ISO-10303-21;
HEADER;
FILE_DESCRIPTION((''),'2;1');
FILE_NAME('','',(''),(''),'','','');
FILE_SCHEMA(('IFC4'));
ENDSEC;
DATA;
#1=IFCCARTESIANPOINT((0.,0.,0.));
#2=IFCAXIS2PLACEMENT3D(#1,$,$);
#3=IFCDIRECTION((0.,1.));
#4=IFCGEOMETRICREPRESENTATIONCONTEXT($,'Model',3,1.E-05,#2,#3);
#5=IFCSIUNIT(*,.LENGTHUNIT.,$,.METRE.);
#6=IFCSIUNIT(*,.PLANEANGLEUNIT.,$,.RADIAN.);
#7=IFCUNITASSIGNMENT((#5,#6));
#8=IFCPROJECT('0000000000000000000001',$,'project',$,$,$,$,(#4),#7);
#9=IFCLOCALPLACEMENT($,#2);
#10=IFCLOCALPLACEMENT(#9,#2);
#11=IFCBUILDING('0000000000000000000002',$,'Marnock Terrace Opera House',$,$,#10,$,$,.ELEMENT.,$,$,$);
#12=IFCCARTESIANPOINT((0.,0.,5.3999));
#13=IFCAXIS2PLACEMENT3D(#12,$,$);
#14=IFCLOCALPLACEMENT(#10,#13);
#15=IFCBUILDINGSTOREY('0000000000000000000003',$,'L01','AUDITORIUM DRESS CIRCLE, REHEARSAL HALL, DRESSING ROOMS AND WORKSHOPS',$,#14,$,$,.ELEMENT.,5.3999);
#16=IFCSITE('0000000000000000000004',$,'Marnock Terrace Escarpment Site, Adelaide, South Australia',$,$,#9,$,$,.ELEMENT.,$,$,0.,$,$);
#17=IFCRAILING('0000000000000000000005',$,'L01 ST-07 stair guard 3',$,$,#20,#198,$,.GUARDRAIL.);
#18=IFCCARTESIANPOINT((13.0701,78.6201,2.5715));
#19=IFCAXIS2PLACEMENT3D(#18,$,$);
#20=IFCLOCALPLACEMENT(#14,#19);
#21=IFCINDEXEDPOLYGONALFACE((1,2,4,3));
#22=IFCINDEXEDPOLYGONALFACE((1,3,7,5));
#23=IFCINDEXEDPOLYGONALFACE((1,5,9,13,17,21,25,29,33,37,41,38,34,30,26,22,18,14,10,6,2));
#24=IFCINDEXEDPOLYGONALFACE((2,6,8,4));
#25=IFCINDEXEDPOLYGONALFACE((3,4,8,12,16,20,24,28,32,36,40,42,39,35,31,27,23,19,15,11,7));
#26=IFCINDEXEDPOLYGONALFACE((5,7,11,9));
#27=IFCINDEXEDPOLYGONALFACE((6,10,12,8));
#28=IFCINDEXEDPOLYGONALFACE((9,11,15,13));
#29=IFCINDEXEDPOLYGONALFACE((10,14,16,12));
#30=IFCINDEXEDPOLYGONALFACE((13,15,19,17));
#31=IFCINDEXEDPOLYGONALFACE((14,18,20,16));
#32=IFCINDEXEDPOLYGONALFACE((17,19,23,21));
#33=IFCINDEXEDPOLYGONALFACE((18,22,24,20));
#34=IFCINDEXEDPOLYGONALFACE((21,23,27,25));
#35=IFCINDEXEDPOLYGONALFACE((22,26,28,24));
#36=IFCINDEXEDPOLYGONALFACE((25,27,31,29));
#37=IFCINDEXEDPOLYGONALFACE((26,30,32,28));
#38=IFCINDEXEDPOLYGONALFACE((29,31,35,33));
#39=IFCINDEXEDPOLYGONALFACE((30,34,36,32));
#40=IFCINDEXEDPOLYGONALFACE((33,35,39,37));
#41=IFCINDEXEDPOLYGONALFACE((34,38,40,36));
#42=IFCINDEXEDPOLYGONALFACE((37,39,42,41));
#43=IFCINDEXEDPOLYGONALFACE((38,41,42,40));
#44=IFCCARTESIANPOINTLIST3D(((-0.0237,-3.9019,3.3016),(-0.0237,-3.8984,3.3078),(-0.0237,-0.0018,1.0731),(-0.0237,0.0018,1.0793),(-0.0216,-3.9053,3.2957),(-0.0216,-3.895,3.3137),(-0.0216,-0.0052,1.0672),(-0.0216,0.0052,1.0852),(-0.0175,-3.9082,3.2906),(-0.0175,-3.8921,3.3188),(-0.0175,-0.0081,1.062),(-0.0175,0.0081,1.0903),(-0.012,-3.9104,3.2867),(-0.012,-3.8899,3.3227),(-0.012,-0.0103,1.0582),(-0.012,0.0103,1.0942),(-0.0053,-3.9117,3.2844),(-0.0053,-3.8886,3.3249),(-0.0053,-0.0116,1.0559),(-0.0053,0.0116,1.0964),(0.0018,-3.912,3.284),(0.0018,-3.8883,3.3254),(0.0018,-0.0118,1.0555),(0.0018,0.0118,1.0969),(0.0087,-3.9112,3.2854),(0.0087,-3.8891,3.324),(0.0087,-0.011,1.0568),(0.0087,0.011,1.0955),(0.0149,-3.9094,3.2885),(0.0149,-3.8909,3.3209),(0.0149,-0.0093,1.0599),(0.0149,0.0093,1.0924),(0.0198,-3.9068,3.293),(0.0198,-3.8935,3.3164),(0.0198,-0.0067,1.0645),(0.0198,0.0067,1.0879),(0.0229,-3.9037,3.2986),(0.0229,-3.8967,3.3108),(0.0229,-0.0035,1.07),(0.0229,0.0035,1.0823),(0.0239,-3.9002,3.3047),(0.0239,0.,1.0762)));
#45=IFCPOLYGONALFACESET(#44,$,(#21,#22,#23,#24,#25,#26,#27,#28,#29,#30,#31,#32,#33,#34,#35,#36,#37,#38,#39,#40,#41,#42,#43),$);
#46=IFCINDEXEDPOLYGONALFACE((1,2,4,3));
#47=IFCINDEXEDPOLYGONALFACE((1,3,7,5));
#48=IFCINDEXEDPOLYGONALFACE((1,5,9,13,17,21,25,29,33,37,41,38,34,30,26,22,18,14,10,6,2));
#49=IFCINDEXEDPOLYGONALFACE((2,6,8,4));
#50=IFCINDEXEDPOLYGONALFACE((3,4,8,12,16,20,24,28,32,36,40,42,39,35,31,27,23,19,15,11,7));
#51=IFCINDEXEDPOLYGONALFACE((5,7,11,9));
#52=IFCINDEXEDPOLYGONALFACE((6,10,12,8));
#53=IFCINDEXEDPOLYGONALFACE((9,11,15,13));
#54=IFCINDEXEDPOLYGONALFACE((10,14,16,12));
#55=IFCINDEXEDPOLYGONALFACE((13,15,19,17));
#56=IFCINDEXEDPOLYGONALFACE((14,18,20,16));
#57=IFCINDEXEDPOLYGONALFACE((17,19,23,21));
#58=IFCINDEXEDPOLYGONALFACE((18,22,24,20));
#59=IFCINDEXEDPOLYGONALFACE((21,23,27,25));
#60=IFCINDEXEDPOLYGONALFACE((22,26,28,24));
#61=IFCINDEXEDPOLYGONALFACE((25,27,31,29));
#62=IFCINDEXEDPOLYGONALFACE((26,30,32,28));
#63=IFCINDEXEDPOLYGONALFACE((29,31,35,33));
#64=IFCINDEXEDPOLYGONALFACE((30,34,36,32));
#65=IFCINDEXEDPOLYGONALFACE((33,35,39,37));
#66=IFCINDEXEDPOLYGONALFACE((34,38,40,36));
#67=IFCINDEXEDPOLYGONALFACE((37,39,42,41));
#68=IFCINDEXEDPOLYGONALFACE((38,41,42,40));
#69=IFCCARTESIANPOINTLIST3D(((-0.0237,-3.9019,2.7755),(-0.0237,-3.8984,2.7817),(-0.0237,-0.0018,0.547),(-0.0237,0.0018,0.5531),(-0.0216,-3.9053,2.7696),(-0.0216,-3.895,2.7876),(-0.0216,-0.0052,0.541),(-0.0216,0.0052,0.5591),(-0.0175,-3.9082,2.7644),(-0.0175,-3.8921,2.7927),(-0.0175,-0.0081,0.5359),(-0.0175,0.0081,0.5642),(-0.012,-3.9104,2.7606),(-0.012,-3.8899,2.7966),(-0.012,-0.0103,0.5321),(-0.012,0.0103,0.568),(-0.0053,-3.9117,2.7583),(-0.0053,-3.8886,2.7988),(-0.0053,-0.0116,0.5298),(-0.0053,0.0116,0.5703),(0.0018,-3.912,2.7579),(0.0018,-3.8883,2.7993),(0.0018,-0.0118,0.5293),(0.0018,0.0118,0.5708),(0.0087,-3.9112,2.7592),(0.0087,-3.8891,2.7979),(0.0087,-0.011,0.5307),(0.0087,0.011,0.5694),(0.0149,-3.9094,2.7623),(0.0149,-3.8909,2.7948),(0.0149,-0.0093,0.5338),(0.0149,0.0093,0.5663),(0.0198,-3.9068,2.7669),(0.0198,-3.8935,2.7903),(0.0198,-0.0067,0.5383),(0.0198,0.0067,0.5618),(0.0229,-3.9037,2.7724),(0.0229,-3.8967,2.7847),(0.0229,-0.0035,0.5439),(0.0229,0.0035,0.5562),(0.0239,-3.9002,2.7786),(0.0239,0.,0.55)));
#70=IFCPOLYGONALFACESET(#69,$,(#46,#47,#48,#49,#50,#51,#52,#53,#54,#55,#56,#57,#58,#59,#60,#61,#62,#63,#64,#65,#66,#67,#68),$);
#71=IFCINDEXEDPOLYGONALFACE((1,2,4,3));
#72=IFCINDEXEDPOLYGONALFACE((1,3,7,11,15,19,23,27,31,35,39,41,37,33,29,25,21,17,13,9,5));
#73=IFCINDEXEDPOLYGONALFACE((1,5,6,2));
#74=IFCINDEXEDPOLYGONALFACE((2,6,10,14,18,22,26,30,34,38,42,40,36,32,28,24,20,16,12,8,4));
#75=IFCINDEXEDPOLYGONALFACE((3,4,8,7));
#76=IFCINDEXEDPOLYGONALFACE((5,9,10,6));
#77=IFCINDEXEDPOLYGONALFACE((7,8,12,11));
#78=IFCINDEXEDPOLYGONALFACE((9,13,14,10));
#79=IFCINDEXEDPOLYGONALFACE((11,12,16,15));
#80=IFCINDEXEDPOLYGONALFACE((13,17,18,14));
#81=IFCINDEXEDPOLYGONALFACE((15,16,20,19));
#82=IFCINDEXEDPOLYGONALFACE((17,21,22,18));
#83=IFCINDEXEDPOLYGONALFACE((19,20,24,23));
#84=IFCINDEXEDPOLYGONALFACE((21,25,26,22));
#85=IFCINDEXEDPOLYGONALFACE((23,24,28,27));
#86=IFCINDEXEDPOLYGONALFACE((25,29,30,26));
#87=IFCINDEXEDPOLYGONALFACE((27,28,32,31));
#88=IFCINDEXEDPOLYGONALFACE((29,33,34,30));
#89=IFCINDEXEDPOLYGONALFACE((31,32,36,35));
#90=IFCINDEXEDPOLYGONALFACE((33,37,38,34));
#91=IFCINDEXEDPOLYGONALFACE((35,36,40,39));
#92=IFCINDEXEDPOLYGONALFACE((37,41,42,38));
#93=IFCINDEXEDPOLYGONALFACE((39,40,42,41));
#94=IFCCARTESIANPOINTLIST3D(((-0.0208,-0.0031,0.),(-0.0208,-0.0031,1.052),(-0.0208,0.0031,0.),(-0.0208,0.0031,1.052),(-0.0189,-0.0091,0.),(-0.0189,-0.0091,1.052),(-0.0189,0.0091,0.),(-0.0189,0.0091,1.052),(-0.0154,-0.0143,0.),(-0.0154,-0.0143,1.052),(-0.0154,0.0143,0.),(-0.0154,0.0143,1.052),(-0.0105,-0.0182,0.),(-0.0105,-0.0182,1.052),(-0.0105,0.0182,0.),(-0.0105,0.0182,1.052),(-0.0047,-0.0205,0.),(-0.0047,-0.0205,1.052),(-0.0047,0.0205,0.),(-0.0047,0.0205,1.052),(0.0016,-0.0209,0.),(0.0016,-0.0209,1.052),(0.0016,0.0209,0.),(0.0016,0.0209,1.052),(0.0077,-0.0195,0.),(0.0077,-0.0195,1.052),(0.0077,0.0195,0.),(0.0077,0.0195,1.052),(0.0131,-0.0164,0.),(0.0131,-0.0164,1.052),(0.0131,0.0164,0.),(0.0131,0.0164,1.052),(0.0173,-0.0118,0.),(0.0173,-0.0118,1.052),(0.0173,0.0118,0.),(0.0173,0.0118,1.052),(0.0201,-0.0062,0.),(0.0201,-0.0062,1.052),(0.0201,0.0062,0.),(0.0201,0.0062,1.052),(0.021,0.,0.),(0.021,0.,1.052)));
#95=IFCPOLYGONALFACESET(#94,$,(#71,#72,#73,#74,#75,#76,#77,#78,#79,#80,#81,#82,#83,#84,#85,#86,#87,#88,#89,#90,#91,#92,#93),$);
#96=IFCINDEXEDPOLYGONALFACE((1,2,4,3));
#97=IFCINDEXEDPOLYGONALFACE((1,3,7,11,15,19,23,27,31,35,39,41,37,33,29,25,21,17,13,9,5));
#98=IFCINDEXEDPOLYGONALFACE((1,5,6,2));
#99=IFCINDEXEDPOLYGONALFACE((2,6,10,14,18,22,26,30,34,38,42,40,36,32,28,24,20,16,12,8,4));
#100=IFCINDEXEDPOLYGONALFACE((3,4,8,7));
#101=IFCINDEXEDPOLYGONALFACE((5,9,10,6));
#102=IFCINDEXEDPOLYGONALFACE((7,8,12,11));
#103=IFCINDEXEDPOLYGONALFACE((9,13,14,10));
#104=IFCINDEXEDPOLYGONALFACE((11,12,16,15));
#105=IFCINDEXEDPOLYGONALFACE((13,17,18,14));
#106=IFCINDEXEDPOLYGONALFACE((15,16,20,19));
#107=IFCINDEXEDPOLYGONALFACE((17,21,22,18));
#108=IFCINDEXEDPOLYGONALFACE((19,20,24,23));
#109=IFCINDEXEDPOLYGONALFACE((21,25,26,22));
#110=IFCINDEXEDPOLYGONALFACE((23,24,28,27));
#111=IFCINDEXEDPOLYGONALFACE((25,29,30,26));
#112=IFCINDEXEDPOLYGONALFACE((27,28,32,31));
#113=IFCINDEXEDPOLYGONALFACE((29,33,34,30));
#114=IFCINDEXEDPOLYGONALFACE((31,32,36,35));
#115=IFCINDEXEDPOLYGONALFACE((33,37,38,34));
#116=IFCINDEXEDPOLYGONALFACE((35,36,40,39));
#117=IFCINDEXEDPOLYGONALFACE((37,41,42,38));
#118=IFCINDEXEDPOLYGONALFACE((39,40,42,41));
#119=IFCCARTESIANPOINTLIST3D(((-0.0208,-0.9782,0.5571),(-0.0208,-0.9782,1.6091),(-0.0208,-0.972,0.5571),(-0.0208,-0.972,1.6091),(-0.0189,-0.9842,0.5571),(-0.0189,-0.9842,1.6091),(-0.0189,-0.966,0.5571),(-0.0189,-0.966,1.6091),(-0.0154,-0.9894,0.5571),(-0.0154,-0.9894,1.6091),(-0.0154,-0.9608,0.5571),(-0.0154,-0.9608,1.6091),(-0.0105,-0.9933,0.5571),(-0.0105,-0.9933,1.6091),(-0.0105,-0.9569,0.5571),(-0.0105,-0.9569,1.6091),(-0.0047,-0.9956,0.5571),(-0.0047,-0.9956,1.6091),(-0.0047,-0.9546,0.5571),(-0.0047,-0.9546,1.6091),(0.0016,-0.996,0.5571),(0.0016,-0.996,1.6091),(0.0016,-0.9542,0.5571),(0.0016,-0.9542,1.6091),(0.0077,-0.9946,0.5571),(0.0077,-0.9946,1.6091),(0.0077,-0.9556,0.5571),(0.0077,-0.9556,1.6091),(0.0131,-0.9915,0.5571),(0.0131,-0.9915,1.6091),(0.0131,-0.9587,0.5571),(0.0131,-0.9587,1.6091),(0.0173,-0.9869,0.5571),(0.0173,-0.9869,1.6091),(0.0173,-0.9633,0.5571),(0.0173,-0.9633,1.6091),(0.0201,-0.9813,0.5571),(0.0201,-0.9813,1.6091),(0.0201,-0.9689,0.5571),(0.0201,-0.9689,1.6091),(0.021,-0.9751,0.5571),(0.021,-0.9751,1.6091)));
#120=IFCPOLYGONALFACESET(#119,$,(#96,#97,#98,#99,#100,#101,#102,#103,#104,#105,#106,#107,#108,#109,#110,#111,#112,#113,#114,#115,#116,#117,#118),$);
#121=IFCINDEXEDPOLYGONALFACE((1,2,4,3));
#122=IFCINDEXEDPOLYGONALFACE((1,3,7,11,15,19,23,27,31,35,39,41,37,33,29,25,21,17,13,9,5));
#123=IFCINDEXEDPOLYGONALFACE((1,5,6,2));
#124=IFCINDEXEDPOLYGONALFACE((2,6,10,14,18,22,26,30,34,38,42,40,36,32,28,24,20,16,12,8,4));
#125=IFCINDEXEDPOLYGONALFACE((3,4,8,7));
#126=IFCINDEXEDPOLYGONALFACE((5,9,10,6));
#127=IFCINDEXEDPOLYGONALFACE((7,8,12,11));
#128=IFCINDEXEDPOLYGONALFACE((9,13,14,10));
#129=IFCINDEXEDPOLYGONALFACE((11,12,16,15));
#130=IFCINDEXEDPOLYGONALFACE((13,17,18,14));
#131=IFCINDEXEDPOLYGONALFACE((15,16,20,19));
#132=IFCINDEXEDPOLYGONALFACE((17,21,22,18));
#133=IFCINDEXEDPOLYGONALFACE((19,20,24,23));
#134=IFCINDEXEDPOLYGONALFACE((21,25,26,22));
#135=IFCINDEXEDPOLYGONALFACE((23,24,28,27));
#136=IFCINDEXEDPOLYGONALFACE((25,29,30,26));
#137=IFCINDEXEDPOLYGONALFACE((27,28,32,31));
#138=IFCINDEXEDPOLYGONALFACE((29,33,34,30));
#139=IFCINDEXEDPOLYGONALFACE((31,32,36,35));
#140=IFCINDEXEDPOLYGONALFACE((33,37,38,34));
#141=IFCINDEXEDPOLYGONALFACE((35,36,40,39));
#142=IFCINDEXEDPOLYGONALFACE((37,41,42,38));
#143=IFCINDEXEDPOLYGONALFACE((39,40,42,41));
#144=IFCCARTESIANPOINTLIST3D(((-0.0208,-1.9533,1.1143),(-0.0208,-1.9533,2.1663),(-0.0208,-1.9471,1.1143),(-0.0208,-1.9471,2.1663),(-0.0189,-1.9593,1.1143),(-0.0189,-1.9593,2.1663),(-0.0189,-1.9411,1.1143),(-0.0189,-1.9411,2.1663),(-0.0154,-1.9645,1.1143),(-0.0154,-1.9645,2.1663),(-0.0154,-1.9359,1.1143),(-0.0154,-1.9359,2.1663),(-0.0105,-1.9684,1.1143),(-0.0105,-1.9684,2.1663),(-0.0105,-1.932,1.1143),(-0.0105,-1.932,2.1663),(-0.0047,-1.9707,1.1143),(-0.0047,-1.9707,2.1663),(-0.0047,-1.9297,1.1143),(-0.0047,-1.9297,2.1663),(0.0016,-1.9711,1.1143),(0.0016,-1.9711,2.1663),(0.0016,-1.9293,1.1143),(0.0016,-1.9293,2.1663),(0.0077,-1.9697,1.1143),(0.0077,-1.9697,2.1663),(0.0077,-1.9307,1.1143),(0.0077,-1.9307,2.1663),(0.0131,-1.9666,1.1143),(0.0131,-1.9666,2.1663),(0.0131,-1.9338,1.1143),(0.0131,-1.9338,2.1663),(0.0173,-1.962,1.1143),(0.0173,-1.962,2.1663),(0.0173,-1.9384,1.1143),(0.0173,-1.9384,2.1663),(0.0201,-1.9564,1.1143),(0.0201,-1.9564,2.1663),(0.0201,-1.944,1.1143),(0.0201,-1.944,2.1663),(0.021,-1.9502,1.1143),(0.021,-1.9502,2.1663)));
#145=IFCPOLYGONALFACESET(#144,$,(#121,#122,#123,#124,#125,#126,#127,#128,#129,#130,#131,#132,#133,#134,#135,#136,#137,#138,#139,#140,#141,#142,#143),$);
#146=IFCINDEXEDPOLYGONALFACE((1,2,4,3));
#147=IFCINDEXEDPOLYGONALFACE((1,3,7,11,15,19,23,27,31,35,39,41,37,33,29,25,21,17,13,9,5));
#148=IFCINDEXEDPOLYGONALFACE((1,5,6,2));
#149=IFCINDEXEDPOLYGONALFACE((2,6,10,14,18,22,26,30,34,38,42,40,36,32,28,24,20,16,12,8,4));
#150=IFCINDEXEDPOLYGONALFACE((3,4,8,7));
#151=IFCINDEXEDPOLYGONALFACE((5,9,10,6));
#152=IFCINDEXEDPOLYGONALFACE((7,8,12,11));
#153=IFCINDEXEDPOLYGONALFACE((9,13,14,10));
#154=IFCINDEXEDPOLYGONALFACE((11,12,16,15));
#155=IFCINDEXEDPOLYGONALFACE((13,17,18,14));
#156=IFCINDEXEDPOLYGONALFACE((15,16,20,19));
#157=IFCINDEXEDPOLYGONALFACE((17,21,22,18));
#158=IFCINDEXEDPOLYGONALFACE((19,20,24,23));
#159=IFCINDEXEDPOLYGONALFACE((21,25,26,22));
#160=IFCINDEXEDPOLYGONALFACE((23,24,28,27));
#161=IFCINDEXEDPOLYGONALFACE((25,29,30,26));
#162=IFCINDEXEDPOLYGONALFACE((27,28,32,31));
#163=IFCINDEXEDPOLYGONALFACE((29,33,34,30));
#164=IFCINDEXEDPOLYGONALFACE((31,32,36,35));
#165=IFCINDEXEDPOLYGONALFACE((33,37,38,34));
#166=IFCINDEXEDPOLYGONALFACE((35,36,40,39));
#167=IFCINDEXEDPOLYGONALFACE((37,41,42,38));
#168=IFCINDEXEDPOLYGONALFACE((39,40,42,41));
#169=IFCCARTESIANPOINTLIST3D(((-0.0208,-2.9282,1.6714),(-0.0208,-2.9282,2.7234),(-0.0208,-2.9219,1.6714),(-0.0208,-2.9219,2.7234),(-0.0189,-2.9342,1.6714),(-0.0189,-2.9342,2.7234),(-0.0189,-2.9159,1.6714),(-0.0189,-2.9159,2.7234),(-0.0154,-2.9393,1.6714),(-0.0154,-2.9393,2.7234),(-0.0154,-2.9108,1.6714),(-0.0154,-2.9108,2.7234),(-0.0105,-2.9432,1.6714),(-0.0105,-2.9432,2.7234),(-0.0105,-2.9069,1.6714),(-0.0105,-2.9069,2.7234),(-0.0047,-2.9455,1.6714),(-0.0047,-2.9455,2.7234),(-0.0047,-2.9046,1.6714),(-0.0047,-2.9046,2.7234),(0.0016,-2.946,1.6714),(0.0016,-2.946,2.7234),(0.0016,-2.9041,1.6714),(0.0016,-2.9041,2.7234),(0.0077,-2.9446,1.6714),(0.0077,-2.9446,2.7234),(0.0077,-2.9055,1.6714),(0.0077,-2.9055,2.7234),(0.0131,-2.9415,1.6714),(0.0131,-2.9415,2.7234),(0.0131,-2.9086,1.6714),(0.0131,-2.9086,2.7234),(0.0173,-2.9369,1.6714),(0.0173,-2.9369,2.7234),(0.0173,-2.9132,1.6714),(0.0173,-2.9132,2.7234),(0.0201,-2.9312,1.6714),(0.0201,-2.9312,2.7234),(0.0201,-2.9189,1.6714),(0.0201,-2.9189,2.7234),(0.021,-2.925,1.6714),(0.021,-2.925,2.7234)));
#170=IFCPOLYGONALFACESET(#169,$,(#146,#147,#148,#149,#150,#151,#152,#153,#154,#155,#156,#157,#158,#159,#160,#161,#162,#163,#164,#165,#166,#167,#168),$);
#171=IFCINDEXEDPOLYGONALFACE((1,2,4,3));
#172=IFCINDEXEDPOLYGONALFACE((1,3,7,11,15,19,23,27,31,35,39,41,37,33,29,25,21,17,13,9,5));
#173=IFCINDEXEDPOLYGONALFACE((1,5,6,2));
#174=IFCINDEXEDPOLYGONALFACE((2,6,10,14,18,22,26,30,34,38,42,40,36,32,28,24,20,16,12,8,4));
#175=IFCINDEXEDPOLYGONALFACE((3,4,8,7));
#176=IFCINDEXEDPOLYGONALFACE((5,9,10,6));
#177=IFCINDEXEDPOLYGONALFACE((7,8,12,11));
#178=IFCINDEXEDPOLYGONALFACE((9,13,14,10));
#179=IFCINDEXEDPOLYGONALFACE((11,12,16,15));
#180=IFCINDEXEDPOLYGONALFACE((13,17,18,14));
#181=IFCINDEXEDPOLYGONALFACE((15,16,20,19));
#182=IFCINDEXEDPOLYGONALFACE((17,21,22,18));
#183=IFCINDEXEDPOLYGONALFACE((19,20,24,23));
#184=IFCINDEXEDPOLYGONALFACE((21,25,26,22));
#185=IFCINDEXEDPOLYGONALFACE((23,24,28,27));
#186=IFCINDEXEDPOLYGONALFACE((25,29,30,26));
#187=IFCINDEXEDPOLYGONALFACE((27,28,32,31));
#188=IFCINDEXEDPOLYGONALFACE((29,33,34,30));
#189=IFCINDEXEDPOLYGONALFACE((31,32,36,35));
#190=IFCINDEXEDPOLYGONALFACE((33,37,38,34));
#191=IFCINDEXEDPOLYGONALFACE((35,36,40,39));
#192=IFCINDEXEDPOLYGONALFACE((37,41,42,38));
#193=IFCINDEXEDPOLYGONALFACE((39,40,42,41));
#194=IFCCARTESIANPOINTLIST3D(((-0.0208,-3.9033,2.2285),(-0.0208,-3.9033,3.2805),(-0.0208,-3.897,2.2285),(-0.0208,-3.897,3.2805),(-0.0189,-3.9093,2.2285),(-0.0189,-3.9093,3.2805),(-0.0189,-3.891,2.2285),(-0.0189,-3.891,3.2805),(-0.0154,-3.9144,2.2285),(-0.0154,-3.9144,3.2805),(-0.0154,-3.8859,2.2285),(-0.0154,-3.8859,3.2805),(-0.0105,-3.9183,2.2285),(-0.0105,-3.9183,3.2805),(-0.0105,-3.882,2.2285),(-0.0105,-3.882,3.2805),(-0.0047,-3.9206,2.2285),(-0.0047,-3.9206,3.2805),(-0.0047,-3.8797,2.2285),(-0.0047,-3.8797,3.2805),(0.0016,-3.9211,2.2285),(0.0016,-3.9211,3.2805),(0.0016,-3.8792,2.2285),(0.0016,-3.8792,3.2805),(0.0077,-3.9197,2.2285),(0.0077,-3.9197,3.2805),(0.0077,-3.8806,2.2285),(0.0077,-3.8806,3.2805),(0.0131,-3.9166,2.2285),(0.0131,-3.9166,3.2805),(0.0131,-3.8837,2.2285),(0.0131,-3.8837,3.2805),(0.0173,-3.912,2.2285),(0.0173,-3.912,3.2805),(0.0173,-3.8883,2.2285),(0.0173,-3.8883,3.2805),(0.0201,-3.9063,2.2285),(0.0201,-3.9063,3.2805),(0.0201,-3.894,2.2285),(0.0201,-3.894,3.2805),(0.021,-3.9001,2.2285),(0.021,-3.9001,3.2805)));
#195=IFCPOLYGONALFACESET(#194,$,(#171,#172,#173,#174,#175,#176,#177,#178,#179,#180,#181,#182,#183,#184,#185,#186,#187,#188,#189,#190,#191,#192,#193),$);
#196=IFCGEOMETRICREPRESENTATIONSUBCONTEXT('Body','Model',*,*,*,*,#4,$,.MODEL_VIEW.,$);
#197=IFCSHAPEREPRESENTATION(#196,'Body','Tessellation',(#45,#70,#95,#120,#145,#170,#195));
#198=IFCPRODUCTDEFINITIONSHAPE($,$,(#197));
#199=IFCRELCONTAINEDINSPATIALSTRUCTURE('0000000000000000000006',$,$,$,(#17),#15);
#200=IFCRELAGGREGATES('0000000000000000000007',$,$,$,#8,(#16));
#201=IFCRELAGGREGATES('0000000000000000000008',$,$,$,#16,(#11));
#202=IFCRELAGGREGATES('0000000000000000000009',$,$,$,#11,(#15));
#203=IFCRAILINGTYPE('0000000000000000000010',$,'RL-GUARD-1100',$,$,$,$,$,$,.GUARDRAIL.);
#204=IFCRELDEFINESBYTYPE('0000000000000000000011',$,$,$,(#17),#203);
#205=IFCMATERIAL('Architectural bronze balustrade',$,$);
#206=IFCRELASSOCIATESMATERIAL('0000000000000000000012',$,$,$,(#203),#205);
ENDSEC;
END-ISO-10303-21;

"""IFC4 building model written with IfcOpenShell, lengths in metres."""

from ifc_helpers import new_model, si_unit, direction, frame, origin, origin_2d, place, context, subcontext, project, spatial, circle, extrude, material, type_object, element, save


model = new_model("IFC4")

# Units and contexts
model_context = context("Model", 3, precision=1e-05, world=origin(), true_north=direction((0.0, 1.0)))
body_context = subcontext(model_context, "Body", "Model", "MODEL_VIEW")
ifc_project = project(units=[si_unit("LENGTHUNIT", "METRE"), si_unit("PLANEANGLEUNIT", "RADIAN")], contexts=[model_context])

# Site, building, storey
site_placement = place(None, origin())
site = spatial("IfcSite", under=ifc_project, at=site_placement, Name="Marnock Terrace Escarpment Site, Adelaide, South Australia", CompositionType="ELEMENT", RefElevation=0.0)
building_placement = place(site_placement, origin())
building = spatial("IfcBuilding", under=site, at=building_placement, Name="Marnock Terrace Opera House", CompositionType="ELEMENT")
storey_placement = place(building_placement, frame((0.0, 0.0, 5.3999)))
storey = spatial("IfcBuildingStorey", under=building, at=storey_placement, Name="L01", Description="AUDITORIUM DRESS CIRCLE, REHEARSAL HALL, DRESSING ROOMS AND WORKSHOPS", CompositionType="ELEMENT", Elevation=5.3999)

# Railing
ifc_material_1 = material(Name="Architectural bronze balustrade")
railing_type_1 = type_object("IfcRailingType", Name="RL-GUARD-1100", PredefinedType="GUARDRAIL", material=ifc_material_1)
railing_1_placement = place(storey_placement, frame((13.0701, 78.6201, 2.5715)))
element("IfcRailing", 1, at=railing_1_placement, inside=storey, type_object=railing_type_1, Name="L01 ST-07 stair guard 3", PredefinedType="GUARDRAIL", context=body_context, shape_type="SweptSolid", body=[
    extrude(circle(Radius=0.0239, at=origin_2d()), frame((0.0, 0.0, 1.0762), z_axis=(0.0, -0.868257, 0.496116), x_axis=(1.0, 0.0, 0.0)), (0.0, 0.0, 1.0), 4.4919),
    extrude(circle(Radius=0.0239, at=origin_2d()), frame((0.0, 0.0, 0.55), z_axis=(0.0, -0.868257, 0.496116), x_axis=(1.0, 0.0, 0.0)), (0.0, 0.0, 1.0), 4.4919),
    extrude(circle(Radius=0.021, at=origin_2d()), origin(), (0.0, 0.0, 1.0), 1.052),
    extrude(circle(Radius=0.021, at=origin_2d()), frame((0.0, -0.9751, 0.5571)), (0.0, 0.0, 1.0), 1.052),
    extrude(circle(Radius=0.021, at=origin_2d()), frame((0.0, -1.9502, 1.1143)), (0.0, 0.0, 1.0), 1.052),
    extrude(circle(Radius=0.021, at=origin_2d()), frame((0.0, -2.925, 1.6714)), (0.0, 0.0, 1.0), 1.052),
    extrude(circle(Radius=0.021, at=origin_2d()), frame((0.0, -3.9001, 2.2285)), (0.0, 0.0, 1.0), 1.052),
])

save(model, "model.ifc")
